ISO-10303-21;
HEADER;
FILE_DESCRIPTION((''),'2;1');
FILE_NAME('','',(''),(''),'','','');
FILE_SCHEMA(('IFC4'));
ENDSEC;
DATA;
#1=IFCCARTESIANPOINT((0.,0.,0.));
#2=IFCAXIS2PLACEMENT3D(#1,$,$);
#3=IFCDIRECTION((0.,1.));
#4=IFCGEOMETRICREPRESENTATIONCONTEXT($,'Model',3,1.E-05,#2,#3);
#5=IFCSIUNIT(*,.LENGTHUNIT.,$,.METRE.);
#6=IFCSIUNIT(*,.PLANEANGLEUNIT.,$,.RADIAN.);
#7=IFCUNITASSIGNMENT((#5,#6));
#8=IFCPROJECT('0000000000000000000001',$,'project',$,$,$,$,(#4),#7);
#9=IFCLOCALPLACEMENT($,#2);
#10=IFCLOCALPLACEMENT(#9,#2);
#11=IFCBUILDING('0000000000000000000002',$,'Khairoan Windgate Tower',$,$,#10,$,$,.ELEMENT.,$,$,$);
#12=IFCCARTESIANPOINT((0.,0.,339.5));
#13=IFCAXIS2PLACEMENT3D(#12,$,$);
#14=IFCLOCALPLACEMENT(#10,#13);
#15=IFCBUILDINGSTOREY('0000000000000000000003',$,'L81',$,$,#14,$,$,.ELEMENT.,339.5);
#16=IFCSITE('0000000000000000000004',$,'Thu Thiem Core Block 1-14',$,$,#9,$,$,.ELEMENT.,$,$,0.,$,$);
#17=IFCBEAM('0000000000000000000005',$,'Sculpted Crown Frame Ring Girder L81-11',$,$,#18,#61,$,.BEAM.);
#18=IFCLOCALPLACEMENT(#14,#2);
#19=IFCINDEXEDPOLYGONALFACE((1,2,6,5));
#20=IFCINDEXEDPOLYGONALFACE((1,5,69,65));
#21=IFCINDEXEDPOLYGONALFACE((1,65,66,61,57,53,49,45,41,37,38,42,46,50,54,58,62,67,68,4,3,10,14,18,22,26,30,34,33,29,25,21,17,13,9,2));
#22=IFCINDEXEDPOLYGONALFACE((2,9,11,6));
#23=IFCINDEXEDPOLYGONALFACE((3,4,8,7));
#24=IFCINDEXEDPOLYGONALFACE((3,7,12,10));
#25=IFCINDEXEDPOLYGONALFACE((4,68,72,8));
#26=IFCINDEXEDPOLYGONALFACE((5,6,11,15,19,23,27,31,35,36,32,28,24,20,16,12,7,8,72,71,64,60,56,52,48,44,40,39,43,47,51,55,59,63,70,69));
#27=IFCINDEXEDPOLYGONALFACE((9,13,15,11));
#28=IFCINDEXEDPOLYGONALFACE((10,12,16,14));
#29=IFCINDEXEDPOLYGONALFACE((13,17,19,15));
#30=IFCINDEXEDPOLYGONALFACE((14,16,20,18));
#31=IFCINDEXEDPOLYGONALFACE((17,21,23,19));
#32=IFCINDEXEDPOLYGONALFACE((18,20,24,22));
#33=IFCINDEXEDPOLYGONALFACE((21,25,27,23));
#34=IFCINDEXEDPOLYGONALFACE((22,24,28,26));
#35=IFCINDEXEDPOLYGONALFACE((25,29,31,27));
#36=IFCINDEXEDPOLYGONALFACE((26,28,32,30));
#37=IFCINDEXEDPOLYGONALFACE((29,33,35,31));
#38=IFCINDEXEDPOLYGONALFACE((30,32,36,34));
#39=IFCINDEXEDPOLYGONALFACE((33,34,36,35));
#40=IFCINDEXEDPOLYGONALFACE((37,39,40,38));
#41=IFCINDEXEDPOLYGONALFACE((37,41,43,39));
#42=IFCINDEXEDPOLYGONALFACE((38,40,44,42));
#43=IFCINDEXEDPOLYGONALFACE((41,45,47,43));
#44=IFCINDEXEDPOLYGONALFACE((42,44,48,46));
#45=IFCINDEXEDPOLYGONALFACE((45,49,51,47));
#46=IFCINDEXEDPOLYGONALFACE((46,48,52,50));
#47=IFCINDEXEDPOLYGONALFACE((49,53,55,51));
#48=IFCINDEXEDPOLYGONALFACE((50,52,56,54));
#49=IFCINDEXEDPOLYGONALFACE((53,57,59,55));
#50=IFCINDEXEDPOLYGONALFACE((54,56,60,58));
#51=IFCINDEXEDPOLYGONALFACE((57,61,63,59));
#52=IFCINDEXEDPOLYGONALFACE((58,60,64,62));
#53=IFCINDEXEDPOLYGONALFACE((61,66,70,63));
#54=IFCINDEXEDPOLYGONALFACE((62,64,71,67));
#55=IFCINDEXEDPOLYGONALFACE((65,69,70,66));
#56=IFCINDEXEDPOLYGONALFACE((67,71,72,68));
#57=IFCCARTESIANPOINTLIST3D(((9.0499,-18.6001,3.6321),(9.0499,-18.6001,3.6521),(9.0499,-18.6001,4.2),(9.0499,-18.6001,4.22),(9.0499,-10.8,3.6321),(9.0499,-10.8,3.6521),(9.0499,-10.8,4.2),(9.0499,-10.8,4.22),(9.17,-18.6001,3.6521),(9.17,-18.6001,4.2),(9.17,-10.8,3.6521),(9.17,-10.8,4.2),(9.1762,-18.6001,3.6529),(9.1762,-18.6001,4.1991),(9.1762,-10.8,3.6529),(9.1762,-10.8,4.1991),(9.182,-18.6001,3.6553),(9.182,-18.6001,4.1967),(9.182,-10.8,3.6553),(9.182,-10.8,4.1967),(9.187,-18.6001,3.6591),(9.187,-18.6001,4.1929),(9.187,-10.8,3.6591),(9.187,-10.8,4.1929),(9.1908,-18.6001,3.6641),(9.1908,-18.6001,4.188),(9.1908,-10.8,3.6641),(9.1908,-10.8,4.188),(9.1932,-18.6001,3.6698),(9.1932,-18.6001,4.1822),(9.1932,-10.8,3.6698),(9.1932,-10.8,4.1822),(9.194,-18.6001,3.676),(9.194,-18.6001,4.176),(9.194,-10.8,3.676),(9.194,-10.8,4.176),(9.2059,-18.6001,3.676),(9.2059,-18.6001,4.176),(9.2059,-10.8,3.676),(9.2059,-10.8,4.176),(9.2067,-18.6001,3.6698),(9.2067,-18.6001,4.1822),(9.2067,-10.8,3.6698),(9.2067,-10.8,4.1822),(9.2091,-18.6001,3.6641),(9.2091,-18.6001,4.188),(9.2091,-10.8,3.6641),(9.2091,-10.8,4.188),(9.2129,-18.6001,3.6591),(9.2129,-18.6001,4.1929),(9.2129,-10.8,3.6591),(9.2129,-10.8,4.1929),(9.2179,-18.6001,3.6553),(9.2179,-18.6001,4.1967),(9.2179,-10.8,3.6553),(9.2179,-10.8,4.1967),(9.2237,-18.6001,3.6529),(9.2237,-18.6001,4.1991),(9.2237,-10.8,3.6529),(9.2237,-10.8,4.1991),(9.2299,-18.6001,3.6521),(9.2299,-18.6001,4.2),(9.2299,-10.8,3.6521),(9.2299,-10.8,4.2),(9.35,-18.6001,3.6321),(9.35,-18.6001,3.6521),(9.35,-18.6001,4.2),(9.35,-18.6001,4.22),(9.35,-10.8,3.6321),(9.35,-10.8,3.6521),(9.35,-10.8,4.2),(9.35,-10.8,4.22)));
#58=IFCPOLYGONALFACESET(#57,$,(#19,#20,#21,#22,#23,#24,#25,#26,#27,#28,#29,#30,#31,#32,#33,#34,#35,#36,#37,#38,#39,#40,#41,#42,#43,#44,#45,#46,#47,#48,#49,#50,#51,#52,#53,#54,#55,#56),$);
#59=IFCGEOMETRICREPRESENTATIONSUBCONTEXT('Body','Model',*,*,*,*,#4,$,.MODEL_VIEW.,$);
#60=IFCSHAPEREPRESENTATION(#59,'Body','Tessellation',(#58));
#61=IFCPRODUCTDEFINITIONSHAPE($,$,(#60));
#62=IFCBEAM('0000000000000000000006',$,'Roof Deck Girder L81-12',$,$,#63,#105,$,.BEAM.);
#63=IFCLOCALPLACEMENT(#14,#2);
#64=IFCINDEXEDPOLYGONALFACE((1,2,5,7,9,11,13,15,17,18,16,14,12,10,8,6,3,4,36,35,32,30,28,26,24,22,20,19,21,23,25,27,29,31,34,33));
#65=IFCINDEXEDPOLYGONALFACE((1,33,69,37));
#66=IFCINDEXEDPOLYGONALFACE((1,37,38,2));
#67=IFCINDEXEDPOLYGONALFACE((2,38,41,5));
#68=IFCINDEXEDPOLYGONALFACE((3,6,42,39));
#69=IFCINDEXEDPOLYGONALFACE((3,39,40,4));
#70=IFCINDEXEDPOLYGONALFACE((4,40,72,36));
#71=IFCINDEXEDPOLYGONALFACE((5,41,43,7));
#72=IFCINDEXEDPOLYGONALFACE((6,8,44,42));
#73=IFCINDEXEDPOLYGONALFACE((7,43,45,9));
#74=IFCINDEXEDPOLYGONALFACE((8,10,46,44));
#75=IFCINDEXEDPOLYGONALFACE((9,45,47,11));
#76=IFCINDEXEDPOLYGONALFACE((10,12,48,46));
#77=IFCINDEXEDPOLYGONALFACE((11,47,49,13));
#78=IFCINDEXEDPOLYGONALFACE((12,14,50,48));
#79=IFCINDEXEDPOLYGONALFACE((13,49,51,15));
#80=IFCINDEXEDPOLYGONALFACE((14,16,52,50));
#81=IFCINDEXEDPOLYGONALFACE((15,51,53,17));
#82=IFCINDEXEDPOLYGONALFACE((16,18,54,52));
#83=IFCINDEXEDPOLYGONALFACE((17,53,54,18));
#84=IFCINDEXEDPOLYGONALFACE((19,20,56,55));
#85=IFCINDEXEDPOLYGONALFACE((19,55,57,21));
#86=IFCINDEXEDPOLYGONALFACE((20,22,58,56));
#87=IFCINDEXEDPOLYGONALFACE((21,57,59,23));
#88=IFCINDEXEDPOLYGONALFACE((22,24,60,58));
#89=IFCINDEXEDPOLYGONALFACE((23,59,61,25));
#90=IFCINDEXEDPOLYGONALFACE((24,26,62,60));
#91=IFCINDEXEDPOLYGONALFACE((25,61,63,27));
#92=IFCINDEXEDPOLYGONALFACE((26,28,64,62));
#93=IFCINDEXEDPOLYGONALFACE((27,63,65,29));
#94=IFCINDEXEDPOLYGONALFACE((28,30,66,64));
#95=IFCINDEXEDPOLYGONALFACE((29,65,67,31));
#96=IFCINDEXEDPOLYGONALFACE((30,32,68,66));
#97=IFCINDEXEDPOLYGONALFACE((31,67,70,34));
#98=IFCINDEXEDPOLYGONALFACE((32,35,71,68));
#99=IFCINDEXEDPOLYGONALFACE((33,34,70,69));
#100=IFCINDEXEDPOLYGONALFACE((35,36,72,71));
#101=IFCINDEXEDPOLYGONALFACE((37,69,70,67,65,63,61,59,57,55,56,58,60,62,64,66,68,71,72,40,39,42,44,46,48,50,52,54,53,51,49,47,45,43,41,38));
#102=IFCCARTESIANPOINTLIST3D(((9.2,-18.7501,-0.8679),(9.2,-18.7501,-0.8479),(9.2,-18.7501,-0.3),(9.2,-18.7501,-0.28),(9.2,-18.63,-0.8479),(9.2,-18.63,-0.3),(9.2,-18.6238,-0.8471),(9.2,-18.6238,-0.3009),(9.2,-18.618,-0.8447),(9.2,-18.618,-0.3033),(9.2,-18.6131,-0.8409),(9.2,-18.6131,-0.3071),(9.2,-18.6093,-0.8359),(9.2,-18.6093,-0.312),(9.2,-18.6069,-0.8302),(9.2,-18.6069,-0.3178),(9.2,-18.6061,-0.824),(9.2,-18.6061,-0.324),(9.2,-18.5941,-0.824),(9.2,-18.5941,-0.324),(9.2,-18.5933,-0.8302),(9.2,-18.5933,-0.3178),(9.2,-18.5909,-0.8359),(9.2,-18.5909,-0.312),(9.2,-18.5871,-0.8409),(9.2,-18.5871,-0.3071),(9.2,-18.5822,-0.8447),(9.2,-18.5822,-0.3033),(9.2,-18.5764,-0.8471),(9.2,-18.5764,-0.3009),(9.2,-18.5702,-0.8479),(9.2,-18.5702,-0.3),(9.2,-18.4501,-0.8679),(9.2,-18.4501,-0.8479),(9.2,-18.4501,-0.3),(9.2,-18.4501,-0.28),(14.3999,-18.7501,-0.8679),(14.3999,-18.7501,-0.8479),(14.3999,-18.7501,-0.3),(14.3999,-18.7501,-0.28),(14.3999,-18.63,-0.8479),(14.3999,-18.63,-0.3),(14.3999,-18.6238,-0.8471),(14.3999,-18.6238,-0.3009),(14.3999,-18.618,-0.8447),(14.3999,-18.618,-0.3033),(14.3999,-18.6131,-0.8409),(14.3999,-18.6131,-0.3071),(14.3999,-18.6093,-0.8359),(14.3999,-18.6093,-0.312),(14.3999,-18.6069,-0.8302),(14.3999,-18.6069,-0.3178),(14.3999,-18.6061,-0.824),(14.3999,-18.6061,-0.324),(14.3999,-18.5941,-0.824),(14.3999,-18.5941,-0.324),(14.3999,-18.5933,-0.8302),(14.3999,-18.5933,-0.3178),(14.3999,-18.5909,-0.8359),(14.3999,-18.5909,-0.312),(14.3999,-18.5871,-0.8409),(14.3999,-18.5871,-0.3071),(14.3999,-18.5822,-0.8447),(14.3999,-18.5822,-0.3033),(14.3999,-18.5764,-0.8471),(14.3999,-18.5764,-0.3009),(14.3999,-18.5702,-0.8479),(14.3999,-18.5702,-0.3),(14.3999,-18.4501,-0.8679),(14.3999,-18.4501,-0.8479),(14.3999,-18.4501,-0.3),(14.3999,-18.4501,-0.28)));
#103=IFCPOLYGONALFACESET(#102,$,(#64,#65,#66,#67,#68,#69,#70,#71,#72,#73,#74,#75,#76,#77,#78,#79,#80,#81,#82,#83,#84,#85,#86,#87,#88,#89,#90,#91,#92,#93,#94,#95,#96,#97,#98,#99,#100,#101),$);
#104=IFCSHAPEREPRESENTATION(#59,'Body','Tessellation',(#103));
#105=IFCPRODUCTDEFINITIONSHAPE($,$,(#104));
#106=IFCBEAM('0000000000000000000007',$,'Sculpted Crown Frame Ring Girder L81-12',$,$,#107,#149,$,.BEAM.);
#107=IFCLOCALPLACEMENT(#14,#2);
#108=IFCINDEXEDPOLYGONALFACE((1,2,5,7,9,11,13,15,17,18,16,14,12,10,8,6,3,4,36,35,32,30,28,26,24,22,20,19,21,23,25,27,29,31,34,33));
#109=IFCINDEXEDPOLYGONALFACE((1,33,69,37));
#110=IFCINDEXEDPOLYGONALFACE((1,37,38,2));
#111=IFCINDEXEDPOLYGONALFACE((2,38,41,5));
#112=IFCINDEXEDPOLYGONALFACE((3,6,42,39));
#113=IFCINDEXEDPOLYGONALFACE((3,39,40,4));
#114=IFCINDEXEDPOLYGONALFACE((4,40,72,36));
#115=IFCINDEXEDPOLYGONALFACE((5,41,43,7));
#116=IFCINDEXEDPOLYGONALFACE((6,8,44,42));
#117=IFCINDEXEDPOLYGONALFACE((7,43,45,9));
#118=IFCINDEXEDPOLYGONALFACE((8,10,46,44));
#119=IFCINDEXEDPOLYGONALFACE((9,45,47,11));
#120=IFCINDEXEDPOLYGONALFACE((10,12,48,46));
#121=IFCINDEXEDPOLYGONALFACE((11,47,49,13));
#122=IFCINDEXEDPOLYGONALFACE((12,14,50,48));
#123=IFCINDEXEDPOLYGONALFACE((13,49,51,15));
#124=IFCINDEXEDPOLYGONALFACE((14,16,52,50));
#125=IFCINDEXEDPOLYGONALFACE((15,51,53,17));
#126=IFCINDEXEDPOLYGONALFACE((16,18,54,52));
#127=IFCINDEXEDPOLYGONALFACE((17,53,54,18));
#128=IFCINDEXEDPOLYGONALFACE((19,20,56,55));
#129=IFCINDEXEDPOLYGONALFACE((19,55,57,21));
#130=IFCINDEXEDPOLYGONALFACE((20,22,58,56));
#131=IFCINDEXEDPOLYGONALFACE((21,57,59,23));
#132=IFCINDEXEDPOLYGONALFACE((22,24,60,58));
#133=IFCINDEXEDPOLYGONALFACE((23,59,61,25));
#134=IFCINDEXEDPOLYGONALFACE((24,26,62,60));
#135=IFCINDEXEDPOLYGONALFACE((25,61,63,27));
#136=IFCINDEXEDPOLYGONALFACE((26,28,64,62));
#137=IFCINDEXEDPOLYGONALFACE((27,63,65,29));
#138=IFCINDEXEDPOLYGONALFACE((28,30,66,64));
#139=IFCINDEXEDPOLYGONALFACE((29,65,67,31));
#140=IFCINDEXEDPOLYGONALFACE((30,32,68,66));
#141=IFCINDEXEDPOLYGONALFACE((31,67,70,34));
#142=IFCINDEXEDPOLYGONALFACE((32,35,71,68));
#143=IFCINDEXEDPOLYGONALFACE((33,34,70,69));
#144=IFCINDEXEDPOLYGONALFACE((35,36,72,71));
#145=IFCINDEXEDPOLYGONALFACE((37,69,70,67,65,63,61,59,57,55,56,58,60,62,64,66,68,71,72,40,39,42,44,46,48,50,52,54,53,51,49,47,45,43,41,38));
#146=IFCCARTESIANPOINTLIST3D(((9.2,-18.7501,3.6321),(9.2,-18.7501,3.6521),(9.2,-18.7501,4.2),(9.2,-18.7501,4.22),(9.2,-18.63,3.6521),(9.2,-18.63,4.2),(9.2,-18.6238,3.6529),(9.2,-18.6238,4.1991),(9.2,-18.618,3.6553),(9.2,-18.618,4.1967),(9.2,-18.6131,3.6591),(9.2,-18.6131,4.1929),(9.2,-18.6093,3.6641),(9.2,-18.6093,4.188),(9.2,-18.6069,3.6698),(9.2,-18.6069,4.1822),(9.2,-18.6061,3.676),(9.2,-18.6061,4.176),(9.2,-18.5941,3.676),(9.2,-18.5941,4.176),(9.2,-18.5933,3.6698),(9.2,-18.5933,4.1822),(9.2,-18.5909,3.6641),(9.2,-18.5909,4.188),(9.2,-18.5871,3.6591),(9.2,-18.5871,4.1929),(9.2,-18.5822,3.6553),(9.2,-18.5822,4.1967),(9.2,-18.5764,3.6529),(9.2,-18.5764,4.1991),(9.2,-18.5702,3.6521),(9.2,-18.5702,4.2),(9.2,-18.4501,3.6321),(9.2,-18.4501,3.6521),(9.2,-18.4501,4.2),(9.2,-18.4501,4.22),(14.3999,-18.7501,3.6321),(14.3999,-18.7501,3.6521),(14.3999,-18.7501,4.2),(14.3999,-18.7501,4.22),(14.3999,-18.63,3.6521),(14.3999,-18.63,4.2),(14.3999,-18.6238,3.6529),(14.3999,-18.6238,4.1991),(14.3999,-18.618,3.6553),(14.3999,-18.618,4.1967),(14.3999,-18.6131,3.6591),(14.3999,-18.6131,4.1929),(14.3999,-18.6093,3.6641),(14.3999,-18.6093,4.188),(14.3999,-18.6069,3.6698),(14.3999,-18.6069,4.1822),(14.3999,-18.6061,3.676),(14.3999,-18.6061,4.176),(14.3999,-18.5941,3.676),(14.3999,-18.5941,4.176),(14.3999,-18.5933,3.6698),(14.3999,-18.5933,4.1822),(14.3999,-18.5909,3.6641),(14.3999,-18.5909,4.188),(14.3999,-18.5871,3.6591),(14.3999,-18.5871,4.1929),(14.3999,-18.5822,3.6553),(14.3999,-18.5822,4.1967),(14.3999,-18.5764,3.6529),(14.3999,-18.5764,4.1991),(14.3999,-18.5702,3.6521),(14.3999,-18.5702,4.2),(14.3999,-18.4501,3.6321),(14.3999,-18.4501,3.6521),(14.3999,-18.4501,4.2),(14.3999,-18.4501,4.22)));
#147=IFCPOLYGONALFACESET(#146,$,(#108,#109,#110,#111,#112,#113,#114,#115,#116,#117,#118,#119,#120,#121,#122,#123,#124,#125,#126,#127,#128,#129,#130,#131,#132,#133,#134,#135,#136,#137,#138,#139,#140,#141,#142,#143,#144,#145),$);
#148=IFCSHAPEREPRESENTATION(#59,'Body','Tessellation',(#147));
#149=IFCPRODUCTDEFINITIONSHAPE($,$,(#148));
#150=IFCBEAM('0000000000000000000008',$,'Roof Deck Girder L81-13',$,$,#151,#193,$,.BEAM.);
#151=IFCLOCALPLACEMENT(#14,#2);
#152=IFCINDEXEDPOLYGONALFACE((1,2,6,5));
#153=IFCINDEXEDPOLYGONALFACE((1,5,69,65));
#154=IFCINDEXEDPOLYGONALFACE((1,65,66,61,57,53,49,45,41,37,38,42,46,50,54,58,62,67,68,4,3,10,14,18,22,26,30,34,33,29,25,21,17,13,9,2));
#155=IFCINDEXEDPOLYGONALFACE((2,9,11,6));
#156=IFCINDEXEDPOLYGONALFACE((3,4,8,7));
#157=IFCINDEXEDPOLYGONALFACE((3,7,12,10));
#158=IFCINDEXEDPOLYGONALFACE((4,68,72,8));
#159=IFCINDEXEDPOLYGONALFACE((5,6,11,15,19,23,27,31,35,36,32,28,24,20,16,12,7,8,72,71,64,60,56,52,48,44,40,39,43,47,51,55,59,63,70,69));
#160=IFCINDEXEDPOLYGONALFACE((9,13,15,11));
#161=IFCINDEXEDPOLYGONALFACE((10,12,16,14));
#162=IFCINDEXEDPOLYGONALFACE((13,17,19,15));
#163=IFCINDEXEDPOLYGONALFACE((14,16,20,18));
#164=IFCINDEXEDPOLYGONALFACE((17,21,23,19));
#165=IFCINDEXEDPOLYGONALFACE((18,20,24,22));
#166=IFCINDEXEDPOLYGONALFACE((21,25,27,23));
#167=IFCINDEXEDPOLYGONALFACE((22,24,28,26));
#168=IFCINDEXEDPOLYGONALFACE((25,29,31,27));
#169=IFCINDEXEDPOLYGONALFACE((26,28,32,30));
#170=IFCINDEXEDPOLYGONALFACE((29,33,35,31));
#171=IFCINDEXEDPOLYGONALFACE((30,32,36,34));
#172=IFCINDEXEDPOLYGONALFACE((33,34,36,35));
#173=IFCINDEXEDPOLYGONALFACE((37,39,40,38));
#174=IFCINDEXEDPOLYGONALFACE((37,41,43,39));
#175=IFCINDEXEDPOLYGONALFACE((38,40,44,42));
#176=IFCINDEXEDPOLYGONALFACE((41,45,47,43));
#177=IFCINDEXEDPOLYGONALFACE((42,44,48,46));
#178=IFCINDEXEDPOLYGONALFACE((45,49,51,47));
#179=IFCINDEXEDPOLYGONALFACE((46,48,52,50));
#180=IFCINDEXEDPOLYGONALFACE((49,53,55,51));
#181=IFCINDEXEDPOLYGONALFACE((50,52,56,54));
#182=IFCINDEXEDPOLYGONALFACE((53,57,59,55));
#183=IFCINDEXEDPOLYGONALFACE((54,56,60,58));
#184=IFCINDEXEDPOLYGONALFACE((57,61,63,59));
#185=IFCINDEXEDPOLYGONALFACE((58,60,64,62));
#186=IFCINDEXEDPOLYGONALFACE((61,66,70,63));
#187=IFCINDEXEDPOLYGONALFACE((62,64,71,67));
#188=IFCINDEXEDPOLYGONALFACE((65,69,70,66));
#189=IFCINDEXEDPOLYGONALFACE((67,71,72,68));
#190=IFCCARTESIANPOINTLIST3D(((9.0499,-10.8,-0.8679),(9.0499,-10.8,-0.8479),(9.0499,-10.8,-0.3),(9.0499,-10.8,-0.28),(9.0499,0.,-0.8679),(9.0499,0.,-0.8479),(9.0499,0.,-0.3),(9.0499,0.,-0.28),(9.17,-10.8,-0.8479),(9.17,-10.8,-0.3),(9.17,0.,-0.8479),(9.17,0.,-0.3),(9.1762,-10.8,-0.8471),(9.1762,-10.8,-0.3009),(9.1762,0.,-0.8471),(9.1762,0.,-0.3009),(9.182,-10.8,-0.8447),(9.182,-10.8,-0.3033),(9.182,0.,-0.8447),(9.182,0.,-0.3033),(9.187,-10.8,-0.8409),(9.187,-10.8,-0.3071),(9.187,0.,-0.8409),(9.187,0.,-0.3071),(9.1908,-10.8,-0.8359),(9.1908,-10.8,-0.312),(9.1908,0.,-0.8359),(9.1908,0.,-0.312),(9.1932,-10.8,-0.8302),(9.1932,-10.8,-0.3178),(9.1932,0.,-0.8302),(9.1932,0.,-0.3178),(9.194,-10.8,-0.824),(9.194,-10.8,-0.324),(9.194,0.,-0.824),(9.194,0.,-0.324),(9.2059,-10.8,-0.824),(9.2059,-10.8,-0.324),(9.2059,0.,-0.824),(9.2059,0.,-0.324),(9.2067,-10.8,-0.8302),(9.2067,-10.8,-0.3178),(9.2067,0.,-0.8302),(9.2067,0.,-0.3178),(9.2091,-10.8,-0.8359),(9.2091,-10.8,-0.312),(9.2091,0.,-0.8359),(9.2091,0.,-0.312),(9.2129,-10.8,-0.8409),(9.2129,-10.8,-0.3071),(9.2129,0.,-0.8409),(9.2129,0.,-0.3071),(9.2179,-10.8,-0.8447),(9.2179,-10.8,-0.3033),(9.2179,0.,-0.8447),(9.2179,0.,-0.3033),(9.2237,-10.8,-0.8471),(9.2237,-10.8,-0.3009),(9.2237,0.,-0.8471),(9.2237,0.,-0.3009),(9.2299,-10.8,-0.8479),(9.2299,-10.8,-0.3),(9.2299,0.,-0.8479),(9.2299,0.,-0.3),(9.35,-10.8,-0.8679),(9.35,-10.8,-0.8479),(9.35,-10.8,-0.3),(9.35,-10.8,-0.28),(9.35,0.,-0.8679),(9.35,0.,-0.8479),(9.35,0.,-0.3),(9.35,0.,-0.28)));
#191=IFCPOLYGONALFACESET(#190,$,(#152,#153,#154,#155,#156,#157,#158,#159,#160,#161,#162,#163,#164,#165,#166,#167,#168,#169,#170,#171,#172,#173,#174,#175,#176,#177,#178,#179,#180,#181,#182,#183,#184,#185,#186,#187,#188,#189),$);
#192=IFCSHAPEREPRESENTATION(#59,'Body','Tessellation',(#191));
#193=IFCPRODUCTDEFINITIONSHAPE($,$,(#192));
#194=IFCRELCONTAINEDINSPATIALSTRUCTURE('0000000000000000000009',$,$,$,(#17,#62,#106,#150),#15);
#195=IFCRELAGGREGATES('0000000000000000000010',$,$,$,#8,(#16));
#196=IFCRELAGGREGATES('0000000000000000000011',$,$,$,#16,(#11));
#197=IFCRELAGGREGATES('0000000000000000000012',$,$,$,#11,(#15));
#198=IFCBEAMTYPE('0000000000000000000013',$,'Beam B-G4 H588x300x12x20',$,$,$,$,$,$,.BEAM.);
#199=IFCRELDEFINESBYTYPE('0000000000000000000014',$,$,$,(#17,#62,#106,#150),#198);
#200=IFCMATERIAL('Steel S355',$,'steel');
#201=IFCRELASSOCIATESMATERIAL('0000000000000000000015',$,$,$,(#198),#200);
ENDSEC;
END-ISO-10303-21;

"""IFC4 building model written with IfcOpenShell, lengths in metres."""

from ifc_helpers import new_model, si_unit, direction, frame, origin, origin_2d, place, context, subcontext, project, spatial, i_section, extrude, material, material_profile, profile_set, type_object, element, save


model = new_model("IFC4")

# Units and contexts
model_context = context("Model", 3, precision=1e-05, world=origin(), true_north=direction((0.0, 1.0)))
body_context = subcontext(model_context, "Body", "Model", "MODEL_VIEW")
ifc_project = project(units=[si_unit("LENGTHUNIT", "METRE"), si_unit("PLANEANGLEUNIT", "RADIAN")], contexts=[model_context])

# Site, building, storey
site_placement = place(None, origin())
site = spatial("IfcSite", under=ifc_project, at=site_placement, Name="Thu Thiem Core Block 1-14", CompositionType="ELEMENT", RefElevation=0.0)
building_placement = place(site_placement, origin())
building = spatial("IfcBuilding", under=site, at=building_placement, Name="Khairoan Windgate Tower", CompositionType="ELEMENT")
storey_placement = place(building_placement, frame((0.0, 0.0, 339.5)))
storey = spatial("IfcBuildingStorey", under=building, at=storey_placement, Name="L81", CompositionType="ELEMENT", Elevation=339.5)

# Beams
ifc_material_1 = material(Name="Steel S355", Category="steel")
ifc_material_profile_1 = material_profile(ifc_material_1, i_section(OverallWidth=0.3, OverallDepth=0.5879, WebThickness=0.012, FlangeThickness=0.02, FilletRadius=0.0239, at=origin_2d()))
ifc_profile_set_1 = profile_set([ifc_material_profile_1], Name="Steel S355")
beam_type = type_object("IfcBeamType", Name="Beam B-G4 H588x300x12x20", PredefinedType="BEAM", material=ifc_profile_set_1)
for number, where, z_axis, x_axis, name in (
    (1, (9.2, -18.6001, 3.926), (0.0, 1.0, 0.0), (-1.0, 0.0, 0.0), "Sculpted Crown Frame Ring Girder L81-11"),
):
    element("IfcBeam", number, at=place(storey_placement, frame(where, z_axis=z_axis, x_axis=x_axis)), inside=storey, type_object=beam_type, Name=name, PredefinedType="BEAM", context=body_context, shape_type="SweptSolid", body=[
        extrude(i_section(OverallWidth=0.3, OverallDepth=0.5879, WebThickness=0.012, FlangeThickness=0.02, FilletRadius=0.0239, at=origin_2d()), origin(), (0.0, 0.0, 1.0), 7.8),
    ])
for number, where, z_axis, x_axis, name in (
    (2, (9.2, -18.6001, -0.574), (1.0, 0.0, 0.0), (0.0, 1.0, 0.0), "Roof Deck Girder L81-12"),
    (3, (9.2, -18.6001, 3.926), (1.0, 0.0, 0.0), (0.0, 1.0, 0.0), "Sculpted Crown Frame Ring Girder L81-12"),
):
    element("IfcBeam", number, at=place(storey_placement, frame(where, z_axis=z_axis, x_axis=x_axis)), inside=storey, type_object=beam_type, Name=name, PredefinedType="BEAM", context=body_context, shape_type="SweptSolid", body=[
        extrude(i_section(OverallWidth=0.3, OverallDepth=0.5879, WebThickness=0.012, FlangeThickness=0.02, FilletRadius=0.0239, at=origin_2d()), origin(), (0.0, 0.0, 1.0), 5.2),
    ])
for number, where, z_axis, x_axis, name in (
    (4, (9.2, -10.8, -0.574), (0.0, 1.0, 0.0), (-1.0, 0.0, 0.0), "Roof Deck Girder L81-13"),
):
    element("IfcBeam", number, at=place(storey_placement, frame(where, z_axis=z_axis, x_axis=x_axis)), inside=storey, type_object=beam_type, Name=name, PredefinedType="BEAM", context=body_context, shape_type="SweptSolid", body=[
        extrude(i_section(OverallWidth=0.3, OverallDepth=0.5879, WebThickness=0.012, FlangeThickness=0.02, FilletRadius=0.0239, at=origin_2d()), origin(), (0.0, 0.0, 1.0), 10.8),
    ])

save(model, "model.ifc")
